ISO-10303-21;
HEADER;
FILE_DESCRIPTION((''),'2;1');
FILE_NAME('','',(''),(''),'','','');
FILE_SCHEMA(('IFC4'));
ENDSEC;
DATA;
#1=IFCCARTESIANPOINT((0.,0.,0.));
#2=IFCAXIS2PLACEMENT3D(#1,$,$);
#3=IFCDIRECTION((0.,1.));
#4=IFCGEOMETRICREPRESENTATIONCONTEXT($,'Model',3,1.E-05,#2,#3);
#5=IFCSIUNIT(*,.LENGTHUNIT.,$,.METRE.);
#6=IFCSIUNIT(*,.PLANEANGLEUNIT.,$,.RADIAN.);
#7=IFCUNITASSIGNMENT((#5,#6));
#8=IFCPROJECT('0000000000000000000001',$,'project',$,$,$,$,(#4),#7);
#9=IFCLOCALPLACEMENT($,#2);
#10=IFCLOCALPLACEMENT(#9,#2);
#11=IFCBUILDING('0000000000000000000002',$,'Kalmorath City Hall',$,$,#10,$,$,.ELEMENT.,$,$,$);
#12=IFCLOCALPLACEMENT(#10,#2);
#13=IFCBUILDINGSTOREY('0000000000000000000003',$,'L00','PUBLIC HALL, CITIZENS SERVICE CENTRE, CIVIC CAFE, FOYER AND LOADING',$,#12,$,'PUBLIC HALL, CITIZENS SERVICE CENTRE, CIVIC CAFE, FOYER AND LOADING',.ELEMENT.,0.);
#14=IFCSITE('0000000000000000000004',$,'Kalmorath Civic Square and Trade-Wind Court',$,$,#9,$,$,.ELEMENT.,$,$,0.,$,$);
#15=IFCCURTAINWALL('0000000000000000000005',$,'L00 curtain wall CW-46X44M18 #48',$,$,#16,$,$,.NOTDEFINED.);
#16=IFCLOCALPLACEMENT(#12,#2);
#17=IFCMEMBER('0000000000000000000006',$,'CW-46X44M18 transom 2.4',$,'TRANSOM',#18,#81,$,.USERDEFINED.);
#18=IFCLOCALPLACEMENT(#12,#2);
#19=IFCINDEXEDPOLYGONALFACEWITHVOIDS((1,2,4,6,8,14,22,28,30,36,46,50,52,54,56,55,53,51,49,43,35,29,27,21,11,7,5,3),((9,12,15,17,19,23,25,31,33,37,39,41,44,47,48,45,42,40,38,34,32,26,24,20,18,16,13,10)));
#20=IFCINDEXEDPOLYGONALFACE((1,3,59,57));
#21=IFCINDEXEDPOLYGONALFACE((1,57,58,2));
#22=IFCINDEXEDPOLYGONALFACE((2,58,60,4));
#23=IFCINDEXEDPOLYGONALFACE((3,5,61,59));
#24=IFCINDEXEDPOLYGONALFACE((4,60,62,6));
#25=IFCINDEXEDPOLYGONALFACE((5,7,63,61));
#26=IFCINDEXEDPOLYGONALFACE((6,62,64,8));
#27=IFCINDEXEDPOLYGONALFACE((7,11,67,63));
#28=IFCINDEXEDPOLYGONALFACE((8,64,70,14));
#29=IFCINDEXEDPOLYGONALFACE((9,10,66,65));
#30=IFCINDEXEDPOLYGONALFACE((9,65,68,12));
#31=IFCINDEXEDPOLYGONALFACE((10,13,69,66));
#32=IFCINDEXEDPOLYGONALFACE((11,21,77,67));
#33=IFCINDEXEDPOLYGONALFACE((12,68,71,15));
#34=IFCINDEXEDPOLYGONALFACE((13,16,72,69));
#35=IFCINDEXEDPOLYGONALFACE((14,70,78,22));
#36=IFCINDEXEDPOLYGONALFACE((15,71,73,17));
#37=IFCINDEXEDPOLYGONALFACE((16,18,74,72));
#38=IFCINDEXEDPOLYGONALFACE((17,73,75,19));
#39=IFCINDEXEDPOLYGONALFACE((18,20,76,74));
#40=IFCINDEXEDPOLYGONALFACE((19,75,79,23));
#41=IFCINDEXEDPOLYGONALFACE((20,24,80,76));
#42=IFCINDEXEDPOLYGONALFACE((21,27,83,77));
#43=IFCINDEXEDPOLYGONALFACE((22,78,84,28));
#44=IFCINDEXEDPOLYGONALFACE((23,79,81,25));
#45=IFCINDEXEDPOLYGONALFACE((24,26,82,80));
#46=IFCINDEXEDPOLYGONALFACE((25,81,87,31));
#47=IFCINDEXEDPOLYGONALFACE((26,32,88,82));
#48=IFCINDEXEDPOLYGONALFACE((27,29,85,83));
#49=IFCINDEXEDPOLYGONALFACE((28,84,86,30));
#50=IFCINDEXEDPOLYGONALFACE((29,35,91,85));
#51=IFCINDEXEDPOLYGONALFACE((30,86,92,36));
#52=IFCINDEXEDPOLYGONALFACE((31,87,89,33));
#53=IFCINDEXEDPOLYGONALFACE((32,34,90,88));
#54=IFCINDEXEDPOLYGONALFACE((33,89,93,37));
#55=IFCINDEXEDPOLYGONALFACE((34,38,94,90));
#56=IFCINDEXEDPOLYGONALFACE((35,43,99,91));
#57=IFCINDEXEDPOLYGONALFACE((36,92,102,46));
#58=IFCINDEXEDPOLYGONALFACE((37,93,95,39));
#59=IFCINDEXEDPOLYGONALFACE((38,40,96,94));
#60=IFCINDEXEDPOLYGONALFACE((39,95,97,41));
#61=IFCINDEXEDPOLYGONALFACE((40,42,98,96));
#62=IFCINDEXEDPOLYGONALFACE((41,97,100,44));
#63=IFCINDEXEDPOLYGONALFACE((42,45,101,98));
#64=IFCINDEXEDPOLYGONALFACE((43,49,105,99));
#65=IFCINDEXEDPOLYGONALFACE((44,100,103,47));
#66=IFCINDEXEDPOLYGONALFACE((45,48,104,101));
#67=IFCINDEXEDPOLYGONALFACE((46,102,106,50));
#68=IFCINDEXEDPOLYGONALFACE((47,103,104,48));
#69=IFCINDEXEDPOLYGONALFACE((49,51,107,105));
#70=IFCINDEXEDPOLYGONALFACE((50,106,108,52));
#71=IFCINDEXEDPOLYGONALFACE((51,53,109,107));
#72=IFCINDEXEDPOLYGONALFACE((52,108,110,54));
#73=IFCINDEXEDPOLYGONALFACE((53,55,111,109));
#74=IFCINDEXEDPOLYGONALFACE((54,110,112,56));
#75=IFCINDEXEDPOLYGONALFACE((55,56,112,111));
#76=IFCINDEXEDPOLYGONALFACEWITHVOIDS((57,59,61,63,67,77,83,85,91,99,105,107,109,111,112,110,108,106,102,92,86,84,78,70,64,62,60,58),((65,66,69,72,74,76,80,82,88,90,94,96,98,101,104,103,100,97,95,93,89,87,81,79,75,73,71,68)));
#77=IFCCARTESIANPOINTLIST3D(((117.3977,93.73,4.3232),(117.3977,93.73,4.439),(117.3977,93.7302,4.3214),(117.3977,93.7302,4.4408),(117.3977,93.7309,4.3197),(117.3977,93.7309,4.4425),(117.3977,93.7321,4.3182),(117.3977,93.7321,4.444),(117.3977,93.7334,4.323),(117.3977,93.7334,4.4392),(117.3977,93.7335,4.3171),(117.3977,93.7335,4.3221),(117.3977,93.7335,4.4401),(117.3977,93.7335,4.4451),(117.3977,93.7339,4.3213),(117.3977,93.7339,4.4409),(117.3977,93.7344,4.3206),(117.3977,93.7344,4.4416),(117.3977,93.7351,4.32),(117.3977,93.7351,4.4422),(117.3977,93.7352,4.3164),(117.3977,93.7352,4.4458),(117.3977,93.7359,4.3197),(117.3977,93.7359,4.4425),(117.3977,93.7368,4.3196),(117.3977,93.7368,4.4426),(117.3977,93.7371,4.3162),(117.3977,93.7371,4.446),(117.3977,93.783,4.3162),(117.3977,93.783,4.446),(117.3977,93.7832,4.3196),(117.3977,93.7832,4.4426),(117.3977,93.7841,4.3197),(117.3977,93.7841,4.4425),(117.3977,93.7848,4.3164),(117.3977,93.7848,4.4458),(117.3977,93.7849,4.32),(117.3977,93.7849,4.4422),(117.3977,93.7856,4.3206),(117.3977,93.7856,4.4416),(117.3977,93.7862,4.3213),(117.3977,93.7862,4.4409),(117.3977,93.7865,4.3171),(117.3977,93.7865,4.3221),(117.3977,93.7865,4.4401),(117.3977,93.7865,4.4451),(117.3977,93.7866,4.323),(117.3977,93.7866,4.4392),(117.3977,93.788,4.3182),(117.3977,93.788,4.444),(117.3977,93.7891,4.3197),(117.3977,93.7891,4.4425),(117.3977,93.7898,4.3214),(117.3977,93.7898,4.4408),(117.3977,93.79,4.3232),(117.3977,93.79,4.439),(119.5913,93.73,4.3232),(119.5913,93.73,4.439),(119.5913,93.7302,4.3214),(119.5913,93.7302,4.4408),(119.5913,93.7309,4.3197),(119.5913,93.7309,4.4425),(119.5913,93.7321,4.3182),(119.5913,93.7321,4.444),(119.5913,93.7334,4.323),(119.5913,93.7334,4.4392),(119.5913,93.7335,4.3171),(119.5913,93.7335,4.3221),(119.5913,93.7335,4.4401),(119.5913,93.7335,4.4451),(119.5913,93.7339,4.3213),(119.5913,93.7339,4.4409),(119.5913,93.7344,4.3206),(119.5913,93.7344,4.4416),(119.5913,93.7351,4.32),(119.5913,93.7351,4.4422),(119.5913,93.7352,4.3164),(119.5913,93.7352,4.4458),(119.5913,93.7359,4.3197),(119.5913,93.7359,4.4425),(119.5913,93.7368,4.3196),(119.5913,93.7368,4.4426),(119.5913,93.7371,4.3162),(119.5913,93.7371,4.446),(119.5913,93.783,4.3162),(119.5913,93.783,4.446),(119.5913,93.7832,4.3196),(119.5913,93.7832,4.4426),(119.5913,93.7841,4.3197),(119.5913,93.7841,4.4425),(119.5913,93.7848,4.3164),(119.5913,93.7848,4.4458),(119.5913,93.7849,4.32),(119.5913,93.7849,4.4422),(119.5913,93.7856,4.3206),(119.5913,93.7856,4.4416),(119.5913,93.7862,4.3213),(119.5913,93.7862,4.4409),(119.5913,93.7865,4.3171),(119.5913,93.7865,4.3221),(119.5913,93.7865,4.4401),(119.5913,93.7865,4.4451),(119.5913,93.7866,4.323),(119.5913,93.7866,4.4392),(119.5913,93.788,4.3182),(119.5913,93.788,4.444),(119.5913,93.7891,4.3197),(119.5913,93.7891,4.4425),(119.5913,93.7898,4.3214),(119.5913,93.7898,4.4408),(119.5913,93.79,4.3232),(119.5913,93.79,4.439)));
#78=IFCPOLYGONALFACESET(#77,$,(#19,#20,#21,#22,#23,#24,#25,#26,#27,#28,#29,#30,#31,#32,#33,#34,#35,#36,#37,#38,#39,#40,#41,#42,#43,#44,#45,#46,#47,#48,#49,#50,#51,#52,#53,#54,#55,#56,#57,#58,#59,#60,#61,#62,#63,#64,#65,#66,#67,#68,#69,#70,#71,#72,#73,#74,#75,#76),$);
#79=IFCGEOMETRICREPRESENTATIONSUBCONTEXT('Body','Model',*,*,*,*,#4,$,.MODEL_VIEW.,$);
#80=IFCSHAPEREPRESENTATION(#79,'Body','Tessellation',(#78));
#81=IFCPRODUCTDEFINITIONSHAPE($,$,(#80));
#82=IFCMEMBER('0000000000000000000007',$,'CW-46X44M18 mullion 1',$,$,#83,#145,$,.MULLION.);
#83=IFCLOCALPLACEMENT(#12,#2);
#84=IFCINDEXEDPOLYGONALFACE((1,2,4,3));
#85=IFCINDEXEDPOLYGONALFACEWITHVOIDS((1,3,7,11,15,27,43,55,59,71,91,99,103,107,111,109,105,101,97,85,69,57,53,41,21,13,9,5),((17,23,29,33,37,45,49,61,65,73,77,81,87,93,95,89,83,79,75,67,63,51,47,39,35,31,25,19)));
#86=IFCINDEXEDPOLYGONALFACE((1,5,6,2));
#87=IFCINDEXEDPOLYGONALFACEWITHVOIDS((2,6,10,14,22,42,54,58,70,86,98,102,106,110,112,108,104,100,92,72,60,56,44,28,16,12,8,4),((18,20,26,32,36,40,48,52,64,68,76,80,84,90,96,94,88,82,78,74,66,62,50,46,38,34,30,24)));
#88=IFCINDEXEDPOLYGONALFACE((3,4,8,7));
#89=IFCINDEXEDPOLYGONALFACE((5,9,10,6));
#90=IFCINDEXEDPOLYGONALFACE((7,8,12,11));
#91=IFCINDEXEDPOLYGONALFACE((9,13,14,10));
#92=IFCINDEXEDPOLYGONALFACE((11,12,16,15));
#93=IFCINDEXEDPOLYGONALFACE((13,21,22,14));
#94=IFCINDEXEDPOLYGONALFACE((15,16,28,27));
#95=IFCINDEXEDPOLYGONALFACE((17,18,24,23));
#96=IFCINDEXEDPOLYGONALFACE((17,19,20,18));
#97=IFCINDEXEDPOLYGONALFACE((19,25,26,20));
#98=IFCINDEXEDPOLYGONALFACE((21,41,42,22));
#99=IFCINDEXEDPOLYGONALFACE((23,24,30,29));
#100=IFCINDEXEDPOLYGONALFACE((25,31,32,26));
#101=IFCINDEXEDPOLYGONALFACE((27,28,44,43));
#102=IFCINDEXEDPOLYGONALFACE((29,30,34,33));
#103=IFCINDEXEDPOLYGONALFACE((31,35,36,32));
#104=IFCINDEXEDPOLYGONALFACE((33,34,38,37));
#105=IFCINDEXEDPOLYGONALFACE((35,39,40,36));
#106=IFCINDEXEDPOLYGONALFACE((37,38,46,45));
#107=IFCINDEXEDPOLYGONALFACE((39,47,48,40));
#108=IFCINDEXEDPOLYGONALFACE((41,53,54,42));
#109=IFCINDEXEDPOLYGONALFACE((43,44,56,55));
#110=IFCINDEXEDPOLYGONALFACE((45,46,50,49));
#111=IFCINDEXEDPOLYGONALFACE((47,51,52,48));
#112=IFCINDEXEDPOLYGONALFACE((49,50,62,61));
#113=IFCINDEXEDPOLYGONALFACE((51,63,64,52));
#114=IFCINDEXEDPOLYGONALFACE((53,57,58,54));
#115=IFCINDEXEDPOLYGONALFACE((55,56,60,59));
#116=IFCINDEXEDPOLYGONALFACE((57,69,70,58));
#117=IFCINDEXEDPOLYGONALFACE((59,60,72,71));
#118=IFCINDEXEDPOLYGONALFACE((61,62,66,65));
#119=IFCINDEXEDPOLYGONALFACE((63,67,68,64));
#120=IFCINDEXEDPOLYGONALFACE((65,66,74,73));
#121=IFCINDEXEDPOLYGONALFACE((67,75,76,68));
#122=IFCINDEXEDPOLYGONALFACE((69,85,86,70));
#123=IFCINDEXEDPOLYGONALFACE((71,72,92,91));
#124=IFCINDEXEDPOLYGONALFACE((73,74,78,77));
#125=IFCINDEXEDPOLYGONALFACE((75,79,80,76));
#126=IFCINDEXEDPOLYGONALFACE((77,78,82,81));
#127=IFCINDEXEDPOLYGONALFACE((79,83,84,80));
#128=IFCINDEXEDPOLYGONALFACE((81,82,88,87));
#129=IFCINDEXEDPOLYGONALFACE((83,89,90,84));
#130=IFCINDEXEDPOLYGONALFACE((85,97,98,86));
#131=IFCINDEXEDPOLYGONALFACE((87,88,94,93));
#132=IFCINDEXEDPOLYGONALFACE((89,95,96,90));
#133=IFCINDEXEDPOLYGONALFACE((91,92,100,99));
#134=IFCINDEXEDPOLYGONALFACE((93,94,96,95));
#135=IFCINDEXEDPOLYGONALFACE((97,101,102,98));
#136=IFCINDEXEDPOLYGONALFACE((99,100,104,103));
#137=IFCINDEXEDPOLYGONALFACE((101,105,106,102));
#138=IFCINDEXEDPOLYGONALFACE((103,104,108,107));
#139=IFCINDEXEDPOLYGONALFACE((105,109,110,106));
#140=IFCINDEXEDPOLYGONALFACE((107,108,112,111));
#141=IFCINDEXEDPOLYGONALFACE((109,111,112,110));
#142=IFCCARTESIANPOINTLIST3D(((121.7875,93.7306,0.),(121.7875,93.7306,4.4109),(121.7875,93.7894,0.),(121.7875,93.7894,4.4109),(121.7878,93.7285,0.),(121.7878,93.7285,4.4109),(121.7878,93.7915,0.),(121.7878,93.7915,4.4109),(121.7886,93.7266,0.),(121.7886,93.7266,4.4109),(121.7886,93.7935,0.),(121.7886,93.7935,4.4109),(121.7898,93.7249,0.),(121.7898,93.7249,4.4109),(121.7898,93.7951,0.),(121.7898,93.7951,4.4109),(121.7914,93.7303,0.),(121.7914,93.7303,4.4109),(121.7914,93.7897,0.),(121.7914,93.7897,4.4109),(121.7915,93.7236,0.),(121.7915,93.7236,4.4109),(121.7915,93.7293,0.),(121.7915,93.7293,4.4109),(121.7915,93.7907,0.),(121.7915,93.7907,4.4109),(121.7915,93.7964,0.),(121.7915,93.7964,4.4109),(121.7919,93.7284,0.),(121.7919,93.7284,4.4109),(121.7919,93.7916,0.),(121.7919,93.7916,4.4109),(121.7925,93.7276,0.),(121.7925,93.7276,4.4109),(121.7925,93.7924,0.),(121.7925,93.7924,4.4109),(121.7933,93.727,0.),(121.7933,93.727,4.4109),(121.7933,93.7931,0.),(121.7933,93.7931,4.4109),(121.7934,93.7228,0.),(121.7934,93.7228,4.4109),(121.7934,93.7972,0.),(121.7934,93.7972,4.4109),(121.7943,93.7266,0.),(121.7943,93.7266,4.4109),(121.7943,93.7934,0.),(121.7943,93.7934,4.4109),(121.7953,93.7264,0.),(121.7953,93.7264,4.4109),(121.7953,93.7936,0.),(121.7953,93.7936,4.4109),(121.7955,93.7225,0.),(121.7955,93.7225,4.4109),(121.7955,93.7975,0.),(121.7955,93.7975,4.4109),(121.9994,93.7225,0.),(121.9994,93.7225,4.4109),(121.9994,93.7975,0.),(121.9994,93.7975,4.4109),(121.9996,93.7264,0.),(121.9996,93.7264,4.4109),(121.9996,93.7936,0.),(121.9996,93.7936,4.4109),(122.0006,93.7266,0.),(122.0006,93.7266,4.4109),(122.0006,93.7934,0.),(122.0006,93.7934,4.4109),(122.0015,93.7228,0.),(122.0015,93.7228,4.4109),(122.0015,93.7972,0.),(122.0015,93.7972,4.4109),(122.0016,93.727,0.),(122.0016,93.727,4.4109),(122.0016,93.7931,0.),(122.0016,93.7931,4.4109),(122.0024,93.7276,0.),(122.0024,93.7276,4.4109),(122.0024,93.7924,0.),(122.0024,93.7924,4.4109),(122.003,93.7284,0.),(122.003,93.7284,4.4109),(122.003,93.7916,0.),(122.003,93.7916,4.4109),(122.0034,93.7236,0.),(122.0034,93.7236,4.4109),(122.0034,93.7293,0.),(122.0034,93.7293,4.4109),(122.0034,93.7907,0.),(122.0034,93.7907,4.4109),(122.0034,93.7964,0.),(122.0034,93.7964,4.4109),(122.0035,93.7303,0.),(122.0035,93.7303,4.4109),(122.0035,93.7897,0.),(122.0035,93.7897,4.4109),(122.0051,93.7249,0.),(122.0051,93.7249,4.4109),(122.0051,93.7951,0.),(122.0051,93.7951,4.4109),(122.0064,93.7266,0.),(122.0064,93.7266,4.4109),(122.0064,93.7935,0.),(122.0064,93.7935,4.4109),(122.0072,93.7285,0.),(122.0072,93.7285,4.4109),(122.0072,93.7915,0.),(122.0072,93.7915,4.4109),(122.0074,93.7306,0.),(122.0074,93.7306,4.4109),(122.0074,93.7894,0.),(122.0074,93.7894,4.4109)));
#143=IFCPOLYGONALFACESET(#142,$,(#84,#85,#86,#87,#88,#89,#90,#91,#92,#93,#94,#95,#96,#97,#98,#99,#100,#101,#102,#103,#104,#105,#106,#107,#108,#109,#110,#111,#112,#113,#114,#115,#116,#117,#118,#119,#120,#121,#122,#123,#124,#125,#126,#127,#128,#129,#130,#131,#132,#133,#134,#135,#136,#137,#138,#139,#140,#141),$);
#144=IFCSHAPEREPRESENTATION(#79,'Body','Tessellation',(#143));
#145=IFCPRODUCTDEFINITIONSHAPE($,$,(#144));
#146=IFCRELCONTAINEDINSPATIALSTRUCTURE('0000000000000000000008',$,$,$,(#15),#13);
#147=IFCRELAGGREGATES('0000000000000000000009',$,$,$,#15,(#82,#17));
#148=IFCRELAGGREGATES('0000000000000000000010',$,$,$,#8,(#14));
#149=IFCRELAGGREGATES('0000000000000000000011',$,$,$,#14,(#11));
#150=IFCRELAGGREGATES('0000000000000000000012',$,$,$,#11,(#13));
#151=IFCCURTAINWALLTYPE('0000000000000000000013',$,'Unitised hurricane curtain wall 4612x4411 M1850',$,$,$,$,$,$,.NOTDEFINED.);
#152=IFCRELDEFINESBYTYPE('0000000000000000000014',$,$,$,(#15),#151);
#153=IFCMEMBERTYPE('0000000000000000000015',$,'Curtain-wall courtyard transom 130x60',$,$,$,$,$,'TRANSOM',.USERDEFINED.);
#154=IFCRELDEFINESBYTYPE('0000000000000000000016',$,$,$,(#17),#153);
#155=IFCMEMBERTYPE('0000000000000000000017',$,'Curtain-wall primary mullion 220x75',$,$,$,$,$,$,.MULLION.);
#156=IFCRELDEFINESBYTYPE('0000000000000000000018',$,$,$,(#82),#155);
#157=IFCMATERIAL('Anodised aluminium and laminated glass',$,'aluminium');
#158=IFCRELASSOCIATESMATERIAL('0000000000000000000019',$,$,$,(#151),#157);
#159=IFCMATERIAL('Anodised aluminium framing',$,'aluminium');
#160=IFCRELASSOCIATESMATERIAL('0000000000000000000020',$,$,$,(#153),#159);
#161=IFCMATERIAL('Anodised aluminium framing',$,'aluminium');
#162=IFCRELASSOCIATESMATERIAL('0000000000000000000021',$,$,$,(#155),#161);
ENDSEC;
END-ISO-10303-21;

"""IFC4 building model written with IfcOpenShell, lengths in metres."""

from ifc_helpers import new_model, si_unit, direction, frame, origin, origin_2d, place, context, subcontext, project, spatial, hollow_rectangle, extrude, material, material_profile, profile_set, type_object, element, aggregate, save


model = new_model("IFC4")

# Units and contexts
model_context = context("Model", 3, precision=1e-05, world=origin(), true_north=direction((0.0, 1.0)))
body_context = subcontext(model_context, "Body", "Model", "MODEL_VIEW")
ifc_project = project(units=[si_unit("LENGTHUNIT", "METRE"), si_unit("PLANEANGLEUNIT", "RADIAN")], contexts=[model_context])

# Site, building, storey
site_placement = place(None, origin())
site = spatial("IfcSite", under=ifc_project, at=site_placement, Name="Kalmorath Civic Square and Trade-Wind Court", CompositionType="ELEMENT", RefElevation=0.0)
building_placement = place(site_placement, origin())
building = spatial("IfcBuilding", under=site, at=building_placement, Name="Kalmorath City Hall", CompositionType="ELEMENT")
storey_placement = place(building_placement, origin())
storey = spatial("IfcBuildingStorey", under=building, at=storey_placement, Name="L00", Description="PUBLIC HALL, CITIZENS SERVICE CENTRE, CIVIC CAFE, FOYER AND LOADING", LongName="PUBLIC HALL, CITIZENS SERVICE CENTRE, CIVIC CAFE, FOYER AND LOADING", CompositionType="ELEMENT", Elevation=0.0)

# Curtain wall, members
ifc_material_1 = material(Name="Anodised aluminium and laminated glass", Category="aluminium")
curtain_wall_type = type_object("IfcCurtainWallType", Name="Unitised hurricane curtain wall 4612x4411 M1850", PredefinedType="NOTDEFINED", material=ifc_material_1)
curtain_wall_placement = place(storey_placement, origin())
curtain_wall = element("IfcCurtainWall", 1, at=curtain_wall_placement, inside=storey, type_object=curtain_wall_type, Name="L00 curtain wall CW-46X44M18 #48", PredefinedType="NOTDEFINED")
ifc_material_2 = material(Name="Anodised aluminium framing", Category="aluminium")
ifc_material_profile_1 = material_profile(ifc_material_2, hollow_rectangle(XDim=0.0601, YDim=0.1299, WallThickness=0.0034, InnerFilletRadius=0.0034, OuterFilletRadius=0.0071, at=origin_2d()), Name="ALU-TRN-130X60X3.5")
ifc_profile_set_1 = profile_set([ifc_material_profile_1], Name="Anodised aluminium framing")
member_type_1 = type_object("IfcMemberType", Name="Curtain-wall courtyard transom 130x60", ElementType="TRANSOM", PredefinedType="USERDEFINED", material=ifc_profile_set_1)
member_1_placement = place(storey_placement, frame((119.5913, 93.76, 4.3811), z_axis=(-1.0, 0.0, 0.0), x_axis=(0.0, -1.0, 0.0)))
member_1 = element("IfcMember", 2, at=member_1_placement, type_object=member_type_1, Name="CW-46X44M18 transom 2.4", ObjectType="TRANSOM", PredefinedType="USERDEFINED", context=body_context, shape_type="SweptSolid", body=[
    extrude(hollow_rectangle(XDim=0.0601, YDim=0.1299, WallThickness=0.0034, InnerFilletRadius=0.0034, OuterFilletRadius=0.0071, at=origin_2d()), origin(), (0.0, 0.0, 1.0), 2.1936),
])
ifc_material_3 = material(Name="Anodised aluminium framing", Category="aluminium")
ifc_material_profile_2 = material_profile(ifc_material_3, hollow_rectangle(XDim=0.075, YDim=0.22, WallThickness=0.0039, InnerFilletRadius=0.0039, OuterFilletRadius=0.0081, at=origin_2d()), Name="ALU-MUL-220X75X4")
ifc_profile_set_2 = profile_set([ifc_material_profile_2], Name="Anodised aluminium framing")
member_type_2 = type_object("IfcMemberType", Name="Curtain-wall primary mullion 220x75", PredefinedType="MULLION", material=ifc_profile_set_2)
member_2_placement = place(storey_placement, frame((121.8975, 93.76, 0.0), z_axis=(0.0, 0.0, 1.0), x_axis=(0.0, -1.0, 0.0)))
member_2 = element("IfcMember", 3, at=member_2_placement, type_object=member_type_2, Name="CW-46X44M18 mullion 1", PredefinedType="MULLION", context=body_context, shape_type="SweptSolid", body=[
    extrude(hollow_rectangle(XDim=0.075, YDim=0.22, WallThickness=0.0039, InnerFilletRadius=0.0039, OuterFilletRadius=0.0081, at=origin_2d()), origin(), (0.0, 0.0, 1.0), 4.4109),
])

aggregate(curtain_wall, [member_2, member_1])

save(model, "model.ifc")
